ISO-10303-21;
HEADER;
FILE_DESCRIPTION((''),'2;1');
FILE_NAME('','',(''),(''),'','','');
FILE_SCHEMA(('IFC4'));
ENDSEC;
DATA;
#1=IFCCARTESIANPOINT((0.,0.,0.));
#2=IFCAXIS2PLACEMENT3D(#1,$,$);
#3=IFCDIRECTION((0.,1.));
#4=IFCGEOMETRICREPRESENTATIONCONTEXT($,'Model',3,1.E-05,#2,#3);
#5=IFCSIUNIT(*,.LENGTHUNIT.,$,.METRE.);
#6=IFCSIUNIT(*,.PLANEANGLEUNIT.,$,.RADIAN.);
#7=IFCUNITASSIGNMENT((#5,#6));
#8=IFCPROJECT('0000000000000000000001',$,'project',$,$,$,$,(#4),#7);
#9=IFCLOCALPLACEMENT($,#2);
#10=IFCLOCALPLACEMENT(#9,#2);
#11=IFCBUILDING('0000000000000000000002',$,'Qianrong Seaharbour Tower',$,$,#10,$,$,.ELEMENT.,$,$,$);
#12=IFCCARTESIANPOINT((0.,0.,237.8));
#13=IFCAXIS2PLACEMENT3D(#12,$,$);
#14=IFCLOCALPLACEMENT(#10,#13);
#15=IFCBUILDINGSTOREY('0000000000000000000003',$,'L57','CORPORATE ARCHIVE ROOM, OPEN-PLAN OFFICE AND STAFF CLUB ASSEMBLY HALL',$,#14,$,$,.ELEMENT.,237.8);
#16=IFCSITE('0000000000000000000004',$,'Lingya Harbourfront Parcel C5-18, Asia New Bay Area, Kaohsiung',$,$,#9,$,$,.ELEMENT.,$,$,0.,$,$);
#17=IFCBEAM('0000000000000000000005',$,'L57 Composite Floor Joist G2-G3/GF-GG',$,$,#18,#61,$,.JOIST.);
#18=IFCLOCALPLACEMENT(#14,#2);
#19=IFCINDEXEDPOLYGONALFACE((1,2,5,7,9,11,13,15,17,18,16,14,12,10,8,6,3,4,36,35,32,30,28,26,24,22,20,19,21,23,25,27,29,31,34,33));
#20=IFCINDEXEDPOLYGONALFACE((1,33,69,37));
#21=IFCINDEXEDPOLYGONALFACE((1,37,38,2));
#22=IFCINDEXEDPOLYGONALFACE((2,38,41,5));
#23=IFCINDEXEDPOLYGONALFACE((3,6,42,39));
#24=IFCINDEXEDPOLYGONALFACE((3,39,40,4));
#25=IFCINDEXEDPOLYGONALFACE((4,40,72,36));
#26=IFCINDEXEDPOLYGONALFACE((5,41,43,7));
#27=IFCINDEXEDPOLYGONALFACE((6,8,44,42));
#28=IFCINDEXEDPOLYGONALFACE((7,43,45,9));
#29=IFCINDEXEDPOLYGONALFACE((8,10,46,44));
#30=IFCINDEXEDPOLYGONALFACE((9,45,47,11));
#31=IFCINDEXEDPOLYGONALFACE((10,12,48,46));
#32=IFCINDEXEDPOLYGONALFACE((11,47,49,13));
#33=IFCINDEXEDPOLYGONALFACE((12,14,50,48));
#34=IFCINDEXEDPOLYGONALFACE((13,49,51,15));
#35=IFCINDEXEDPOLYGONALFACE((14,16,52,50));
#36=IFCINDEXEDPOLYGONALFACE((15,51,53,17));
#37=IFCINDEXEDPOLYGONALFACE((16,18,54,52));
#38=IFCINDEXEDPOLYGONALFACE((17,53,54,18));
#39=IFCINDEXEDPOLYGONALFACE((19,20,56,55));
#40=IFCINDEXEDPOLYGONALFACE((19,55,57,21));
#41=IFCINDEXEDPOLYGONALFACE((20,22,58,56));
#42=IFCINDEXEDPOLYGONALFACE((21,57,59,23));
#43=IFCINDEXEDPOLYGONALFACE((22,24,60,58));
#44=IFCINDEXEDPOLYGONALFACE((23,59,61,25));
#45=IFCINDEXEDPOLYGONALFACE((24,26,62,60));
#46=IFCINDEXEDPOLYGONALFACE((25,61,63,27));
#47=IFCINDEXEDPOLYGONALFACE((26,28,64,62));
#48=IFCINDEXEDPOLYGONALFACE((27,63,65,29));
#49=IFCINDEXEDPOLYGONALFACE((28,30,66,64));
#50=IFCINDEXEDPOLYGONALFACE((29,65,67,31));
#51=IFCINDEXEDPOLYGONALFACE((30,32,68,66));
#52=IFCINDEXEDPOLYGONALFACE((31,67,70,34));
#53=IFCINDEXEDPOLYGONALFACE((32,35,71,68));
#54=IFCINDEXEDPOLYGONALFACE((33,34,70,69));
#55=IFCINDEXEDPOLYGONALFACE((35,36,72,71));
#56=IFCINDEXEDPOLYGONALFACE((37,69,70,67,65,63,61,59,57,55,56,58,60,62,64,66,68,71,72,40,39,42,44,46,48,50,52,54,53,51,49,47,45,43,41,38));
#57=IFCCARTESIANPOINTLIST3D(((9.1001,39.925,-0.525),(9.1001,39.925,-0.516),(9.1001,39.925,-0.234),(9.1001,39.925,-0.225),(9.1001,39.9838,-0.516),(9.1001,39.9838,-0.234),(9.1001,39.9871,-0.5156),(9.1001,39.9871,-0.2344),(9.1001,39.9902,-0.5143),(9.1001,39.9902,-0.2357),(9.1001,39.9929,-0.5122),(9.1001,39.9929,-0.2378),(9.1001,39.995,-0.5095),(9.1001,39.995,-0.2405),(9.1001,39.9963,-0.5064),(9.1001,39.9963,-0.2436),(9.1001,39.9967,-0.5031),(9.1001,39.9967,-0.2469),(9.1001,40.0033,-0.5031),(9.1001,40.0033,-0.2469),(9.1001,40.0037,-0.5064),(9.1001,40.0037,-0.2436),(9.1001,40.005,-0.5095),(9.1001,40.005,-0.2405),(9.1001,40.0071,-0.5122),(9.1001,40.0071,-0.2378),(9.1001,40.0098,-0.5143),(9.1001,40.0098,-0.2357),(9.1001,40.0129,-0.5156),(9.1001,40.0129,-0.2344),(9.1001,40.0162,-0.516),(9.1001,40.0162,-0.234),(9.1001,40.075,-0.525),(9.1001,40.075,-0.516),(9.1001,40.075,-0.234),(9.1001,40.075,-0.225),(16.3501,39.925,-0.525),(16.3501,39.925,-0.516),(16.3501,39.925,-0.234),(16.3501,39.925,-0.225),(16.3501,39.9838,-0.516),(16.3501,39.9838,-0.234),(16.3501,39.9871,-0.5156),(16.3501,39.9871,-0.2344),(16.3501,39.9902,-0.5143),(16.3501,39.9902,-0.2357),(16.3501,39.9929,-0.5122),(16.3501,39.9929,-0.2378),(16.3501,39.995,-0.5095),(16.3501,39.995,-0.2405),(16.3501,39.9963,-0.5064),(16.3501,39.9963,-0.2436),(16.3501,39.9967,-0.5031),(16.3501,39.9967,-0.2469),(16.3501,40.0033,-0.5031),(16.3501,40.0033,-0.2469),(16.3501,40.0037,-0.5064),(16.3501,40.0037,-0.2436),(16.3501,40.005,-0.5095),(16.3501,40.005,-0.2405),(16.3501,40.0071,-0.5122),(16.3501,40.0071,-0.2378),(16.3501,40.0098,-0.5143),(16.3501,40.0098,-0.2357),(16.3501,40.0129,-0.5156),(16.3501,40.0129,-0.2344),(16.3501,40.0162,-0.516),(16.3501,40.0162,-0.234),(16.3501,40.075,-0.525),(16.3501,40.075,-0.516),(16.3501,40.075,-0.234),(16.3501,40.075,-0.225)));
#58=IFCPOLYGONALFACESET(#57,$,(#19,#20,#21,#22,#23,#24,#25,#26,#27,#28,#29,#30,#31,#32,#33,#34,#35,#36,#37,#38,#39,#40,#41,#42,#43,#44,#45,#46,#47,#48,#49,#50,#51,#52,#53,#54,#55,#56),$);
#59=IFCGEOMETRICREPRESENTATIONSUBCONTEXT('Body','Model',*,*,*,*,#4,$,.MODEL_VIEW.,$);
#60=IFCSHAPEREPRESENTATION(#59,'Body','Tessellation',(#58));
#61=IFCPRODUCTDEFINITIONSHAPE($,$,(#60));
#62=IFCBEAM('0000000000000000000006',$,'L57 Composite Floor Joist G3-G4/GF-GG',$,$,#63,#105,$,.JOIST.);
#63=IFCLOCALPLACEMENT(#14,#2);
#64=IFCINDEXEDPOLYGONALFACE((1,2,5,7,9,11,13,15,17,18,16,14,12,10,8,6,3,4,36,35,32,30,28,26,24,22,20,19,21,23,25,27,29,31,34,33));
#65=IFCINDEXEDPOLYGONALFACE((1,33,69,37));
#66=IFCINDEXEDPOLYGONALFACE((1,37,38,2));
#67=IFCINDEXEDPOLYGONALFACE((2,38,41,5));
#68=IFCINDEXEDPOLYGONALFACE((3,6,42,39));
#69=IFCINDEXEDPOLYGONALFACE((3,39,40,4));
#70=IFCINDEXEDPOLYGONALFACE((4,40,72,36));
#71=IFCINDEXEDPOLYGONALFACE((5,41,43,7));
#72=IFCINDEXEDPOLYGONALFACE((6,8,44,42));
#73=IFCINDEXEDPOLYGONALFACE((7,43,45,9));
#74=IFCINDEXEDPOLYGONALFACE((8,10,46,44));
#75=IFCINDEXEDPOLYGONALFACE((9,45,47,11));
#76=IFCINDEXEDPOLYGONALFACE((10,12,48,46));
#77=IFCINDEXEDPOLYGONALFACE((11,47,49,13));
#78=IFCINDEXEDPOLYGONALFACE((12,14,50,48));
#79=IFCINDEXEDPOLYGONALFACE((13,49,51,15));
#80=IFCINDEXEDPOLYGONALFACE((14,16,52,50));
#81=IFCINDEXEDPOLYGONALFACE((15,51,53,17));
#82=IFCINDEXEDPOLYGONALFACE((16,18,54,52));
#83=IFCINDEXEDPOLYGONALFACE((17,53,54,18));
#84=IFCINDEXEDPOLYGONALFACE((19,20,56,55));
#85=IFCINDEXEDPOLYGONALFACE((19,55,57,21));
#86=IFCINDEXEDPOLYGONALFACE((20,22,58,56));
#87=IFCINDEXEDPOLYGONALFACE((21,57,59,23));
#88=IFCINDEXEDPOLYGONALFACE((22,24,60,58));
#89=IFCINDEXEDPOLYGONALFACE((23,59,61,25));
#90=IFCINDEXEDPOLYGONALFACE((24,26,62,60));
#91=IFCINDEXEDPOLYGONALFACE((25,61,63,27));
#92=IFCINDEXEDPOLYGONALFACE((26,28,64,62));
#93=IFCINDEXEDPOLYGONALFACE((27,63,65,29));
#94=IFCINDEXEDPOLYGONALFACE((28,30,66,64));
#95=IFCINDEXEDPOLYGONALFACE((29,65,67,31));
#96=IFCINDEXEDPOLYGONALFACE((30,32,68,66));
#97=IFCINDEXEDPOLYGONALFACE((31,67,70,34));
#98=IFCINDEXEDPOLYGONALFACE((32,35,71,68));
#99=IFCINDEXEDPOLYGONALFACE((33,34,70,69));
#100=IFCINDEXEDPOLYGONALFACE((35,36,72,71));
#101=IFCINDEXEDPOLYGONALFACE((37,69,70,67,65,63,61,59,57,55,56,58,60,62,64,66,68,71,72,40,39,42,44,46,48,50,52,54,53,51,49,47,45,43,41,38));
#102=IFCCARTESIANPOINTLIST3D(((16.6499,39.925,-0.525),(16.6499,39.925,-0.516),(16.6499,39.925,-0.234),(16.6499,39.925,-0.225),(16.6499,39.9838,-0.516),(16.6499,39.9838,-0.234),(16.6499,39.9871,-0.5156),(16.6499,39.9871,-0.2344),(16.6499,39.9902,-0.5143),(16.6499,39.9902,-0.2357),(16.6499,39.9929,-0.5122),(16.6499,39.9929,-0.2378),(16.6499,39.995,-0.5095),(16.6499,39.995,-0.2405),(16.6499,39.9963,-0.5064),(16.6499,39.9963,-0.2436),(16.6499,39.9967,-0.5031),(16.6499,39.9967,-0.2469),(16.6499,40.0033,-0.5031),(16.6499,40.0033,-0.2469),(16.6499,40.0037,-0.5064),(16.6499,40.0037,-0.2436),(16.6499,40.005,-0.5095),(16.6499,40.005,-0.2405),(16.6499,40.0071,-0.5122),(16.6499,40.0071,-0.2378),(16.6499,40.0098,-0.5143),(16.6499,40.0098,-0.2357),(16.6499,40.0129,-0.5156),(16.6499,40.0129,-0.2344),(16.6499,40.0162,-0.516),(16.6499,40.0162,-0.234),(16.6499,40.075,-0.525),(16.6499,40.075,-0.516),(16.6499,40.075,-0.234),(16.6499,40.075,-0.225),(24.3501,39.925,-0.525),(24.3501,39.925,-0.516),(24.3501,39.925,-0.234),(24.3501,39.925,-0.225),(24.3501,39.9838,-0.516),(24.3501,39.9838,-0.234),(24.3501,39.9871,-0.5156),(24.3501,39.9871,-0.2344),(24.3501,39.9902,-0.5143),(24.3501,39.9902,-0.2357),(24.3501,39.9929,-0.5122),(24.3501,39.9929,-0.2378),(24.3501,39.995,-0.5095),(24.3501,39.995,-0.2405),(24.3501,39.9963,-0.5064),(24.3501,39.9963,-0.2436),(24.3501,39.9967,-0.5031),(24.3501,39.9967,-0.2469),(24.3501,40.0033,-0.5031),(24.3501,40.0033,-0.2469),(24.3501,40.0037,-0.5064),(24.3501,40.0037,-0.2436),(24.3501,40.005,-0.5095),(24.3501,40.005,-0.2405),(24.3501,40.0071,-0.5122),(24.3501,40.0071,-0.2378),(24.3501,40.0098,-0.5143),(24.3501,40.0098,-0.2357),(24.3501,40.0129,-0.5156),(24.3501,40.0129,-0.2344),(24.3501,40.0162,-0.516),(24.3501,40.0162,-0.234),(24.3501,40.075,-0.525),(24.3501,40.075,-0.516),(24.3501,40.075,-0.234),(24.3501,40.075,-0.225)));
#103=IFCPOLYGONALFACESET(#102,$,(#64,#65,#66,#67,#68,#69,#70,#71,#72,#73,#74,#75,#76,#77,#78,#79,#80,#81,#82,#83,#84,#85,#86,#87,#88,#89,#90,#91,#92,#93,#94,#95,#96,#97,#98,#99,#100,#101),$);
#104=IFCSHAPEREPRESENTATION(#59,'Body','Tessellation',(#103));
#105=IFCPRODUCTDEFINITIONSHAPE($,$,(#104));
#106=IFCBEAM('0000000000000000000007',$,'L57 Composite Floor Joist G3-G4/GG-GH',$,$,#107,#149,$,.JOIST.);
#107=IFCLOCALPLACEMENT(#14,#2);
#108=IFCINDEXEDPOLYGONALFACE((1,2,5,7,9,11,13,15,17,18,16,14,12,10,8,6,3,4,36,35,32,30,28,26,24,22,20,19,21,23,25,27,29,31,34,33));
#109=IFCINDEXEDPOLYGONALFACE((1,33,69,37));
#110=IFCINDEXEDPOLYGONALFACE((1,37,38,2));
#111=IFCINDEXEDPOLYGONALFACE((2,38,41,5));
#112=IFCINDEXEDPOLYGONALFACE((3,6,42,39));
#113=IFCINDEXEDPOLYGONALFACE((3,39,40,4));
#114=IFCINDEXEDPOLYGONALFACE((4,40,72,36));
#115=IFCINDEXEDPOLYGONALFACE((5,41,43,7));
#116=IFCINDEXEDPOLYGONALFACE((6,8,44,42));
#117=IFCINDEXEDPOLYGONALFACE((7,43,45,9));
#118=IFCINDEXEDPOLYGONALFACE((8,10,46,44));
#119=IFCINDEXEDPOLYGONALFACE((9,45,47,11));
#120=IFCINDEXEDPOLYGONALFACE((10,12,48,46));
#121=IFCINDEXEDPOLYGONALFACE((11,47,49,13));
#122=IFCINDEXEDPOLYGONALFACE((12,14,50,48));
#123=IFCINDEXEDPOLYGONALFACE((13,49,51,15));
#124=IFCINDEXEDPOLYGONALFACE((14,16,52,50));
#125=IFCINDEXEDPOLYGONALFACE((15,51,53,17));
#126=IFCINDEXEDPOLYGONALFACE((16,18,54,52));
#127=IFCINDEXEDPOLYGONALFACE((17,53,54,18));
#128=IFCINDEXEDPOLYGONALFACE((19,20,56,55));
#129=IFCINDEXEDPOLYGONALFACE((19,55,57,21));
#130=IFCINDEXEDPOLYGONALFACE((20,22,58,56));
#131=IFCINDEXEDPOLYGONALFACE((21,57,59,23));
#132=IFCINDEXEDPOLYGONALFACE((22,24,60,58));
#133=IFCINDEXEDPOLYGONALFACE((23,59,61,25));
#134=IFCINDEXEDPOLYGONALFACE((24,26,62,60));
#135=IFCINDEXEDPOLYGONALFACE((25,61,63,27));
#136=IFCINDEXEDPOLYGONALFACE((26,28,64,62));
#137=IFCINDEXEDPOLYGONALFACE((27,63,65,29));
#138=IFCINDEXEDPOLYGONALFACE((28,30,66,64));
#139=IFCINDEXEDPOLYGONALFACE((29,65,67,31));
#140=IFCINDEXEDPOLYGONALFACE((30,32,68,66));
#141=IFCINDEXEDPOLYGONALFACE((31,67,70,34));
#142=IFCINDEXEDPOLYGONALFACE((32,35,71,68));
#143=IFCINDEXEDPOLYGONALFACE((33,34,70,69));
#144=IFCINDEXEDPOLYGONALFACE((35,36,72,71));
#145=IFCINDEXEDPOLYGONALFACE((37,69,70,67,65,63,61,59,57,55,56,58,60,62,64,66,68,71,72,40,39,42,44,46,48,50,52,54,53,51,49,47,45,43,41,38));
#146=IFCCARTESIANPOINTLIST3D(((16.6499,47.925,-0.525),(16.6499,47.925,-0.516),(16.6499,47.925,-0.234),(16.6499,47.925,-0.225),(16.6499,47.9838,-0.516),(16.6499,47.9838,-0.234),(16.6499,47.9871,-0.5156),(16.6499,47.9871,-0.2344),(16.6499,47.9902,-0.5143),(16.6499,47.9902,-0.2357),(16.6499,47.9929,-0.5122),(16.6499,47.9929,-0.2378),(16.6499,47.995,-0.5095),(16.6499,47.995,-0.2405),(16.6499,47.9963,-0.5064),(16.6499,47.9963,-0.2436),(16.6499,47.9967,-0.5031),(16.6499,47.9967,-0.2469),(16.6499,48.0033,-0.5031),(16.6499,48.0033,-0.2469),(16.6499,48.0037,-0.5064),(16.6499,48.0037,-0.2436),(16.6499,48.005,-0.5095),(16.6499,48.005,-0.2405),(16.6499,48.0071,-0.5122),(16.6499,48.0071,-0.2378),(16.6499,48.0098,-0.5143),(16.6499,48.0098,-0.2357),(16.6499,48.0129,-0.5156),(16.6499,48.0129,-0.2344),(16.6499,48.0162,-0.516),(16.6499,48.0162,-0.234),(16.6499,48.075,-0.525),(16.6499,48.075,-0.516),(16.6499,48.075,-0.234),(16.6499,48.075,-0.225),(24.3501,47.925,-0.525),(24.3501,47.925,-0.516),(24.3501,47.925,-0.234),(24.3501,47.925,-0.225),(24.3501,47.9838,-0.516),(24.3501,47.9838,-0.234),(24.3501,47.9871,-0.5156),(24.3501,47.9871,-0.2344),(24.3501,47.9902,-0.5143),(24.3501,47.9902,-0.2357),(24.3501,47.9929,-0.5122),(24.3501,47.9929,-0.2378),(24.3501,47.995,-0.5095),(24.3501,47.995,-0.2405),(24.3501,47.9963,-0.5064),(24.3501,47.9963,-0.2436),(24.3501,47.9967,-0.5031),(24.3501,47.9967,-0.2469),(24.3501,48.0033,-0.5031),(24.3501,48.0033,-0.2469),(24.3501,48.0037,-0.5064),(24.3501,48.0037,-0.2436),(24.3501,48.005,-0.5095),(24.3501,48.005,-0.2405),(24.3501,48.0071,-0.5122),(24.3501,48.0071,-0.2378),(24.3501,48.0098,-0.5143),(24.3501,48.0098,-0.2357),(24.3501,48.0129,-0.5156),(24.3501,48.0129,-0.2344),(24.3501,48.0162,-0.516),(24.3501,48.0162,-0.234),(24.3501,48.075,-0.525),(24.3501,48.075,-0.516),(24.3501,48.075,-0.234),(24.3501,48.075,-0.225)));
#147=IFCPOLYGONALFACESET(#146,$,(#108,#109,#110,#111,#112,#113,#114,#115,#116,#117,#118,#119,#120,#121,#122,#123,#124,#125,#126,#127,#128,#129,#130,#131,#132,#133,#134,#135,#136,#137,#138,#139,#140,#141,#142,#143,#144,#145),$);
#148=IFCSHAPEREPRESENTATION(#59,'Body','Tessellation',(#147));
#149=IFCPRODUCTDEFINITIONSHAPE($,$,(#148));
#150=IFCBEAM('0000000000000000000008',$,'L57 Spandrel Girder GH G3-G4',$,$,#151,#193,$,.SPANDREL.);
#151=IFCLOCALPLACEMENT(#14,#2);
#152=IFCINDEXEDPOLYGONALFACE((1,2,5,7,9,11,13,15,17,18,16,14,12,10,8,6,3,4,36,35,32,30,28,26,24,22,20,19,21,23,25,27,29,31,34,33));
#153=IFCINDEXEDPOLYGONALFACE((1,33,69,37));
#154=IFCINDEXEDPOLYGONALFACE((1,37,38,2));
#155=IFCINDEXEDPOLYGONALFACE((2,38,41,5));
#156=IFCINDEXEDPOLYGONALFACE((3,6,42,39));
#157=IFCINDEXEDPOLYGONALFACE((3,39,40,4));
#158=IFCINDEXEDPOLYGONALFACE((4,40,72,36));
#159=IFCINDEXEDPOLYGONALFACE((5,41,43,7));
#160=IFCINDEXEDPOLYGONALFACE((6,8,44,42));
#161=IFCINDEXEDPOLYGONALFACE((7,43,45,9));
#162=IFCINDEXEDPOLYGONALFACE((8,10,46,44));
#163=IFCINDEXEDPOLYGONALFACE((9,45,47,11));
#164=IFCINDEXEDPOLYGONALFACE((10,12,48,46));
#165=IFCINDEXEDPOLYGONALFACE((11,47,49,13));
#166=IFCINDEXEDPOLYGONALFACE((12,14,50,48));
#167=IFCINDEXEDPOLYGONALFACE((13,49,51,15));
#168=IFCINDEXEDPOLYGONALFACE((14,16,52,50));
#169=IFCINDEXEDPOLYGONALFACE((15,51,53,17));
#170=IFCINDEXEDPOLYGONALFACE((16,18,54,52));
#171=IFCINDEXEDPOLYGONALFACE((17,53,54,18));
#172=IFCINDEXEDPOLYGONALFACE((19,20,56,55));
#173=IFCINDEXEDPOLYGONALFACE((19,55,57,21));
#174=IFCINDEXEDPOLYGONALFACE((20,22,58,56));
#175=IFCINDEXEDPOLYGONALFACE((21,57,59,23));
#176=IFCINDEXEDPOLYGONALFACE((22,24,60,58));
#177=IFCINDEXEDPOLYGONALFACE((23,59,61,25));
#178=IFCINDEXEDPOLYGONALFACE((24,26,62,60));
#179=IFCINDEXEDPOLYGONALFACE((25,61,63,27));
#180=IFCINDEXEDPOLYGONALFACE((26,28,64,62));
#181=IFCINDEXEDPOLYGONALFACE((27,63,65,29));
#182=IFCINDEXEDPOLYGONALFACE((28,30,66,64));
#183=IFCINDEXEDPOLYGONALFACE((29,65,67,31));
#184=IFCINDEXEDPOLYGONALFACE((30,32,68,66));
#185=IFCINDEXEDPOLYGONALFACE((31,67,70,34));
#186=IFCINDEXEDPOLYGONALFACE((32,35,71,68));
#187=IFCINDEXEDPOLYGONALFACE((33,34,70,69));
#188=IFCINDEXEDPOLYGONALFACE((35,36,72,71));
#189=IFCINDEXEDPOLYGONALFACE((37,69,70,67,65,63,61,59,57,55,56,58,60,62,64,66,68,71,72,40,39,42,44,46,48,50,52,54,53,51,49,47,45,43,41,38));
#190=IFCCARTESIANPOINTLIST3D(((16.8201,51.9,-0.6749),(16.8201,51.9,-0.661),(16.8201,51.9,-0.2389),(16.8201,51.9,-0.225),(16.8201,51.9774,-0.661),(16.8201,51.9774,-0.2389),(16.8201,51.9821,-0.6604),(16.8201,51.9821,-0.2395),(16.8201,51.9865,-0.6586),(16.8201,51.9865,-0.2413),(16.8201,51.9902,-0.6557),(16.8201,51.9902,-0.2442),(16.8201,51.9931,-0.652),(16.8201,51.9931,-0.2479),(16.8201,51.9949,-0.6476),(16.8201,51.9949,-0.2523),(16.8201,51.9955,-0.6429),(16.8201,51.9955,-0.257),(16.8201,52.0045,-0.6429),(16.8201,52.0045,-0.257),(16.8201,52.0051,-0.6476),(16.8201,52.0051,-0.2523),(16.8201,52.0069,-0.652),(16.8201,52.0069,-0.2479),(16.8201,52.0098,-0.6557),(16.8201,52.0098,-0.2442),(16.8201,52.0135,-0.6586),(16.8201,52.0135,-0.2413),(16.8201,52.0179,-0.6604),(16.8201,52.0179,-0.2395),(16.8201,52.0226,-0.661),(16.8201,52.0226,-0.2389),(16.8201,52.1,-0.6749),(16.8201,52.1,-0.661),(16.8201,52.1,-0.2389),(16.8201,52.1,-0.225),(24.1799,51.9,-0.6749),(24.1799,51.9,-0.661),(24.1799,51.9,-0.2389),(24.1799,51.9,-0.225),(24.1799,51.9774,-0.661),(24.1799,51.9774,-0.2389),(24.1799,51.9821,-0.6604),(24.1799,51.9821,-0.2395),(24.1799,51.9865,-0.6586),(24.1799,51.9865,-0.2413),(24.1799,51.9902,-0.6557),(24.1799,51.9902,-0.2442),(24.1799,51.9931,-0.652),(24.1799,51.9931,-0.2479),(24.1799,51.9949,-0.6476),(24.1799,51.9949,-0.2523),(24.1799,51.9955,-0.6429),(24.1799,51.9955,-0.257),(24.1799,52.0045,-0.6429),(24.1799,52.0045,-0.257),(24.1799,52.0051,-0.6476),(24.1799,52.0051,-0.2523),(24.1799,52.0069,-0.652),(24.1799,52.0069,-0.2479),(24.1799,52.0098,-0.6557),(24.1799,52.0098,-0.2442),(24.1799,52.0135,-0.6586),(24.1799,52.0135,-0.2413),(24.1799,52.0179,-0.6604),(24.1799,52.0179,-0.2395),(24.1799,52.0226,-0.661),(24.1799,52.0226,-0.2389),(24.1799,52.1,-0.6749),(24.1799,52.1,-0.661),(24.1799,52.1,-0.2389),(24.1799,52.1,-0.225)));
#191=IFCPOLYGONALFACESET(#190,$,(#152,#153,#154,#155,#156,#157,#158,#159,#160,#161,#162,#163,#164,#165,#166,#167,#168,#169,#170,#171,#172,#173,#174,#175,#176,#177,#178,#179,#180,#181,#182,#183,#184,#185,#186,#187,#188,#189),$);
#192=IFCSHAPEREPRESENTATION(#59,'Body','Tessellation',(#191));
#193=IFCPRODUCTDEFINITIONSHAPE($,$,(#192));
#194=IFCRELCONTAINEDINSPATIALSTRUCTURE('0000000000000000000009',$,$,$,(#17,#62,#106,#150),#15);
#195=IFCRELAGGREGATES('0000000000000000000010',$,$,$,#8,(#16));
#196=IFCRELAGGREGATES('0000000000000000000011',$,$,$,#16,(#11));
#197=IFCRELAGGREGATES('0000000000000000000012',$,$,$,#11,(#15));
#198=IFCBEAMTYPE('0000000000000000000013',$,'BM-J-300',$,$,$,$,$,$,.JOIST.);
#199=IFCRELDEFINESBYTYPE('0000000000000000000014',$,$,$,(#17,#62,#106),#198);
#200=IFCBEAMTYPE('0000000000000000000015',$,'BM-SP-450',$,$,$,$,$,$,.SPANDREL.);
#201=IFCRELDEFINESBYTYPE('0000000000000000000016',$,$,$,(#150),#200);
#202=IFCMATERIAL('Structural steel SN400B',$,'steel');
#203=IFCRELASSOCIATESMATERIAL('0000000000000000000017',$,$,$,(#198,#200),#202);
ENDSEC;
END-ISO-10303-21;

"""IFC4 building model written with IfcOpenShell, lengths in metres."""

from ifc_helpers import new_model, si_unit, direction, frame, origin, origin_2d, place, context, subcontext, project, spatial, i_section, extrude, material, material_profile, profile_set, type_object, element, save


model = new_model("IFC4")

# Units and contexts
model_context = context("Model", 3, precision=1e-05, world=origin(), true_north=direction((0.0, 1.0)))
body_context = subcontext(model_context, "Body", "Model", "MODEL_VIEW")
ifc_project = project(units=[si_unit("LENGTHUNIT", "METRE"), si_unit("PLANEANGLEUNIT", "RADIAN")], contexts=[model_context])

# Site, building, storey
site_placement = place(None, origin())
site = spatial("IfcSite", under=ifc_project, at=site_placement, Name="Lingya Harbourfront Parcel C5-18, Asia New Bay Area, Kaohsiung", CompositionType="ELEMENT", RefElevation=0.0)
building_placement = place(site_placement, origin())
building = spatial("IfcBuilding", under=site, at=building_placement, Name="Qianrong Seaharbour Tower", CompositionType="ELEMENT")
storey_placement = place(building_placement, frame((0.0, 0.0, 237.8)))
storey = spatial("IfcBuildingStorey", under=building, at=storey_placement, Name="L57", Description="CORPORATE ARCHIVE ROOM, OPEN-PLAN OFFICE AND STAFF CLUB ASSEMBLY HALL", CompositionType="ELEMENT", Elevation=237.8)

# Beams
ifc_material_1 = material(Name="Structural steel SN400B", Category="steel")
ifc_material_profile_1 = material_profile(ifc_material_1, i_section(OverallWidth=0.1499, OverallDepth=0.3, WebThickness=0.0066, FlangeThickness=0.009, FilletRadius=0.0129, at=origin_2d()), Name="H300x150x6.5x9")
ifc_profile_set_1 = profile_set([ifc_material_profile_1], Name="Structural steel SN400B")
beam_type_1 = type_object("IfcBeamType", Name="BM-J-300", PredefinedType="JOIST", material=ifc_profile_set_1)
beam_1_placement = place(storey_placement, frame((9.1001, 40.0, -0.375), z_axis=(1.0, 0.0, 0.0), x_axis=(0.0, 1.0, 0.0)))
element("IfcBeam", 1, at=beam_1_placement, inside=storey, type_object=beam_type_1, Name="L57 Composite Floor Joist G2-G3/GF-GG", PredefinedType="JOIST", context=body_context, shape_type="SweptSolid", body=[
    extrude(i_section(OverallWidth=0.1499, OverallDepth=0.3, WebThickness=0.0066, FlangeThickness=0.009, FilletRadius=0.0129, at=origin_2d()), origin(), (0.0, 0.0, 1.0), 7.25),
])
for number, where, z_axis, x_axis, name in (
    (2, (16.6499, 40.0, -0.375), (1.0, 0.0, 0.0), (0.0, 1.0, 0.0), "L57 Composite Floor Joist G3-G4/GF-GG"),
    (3, (16.6499, 48.0, -0.375), (1.0, 0.0, 0.0), (0.0, 1.0, 0.0), "L57 Composite Floor Joist G3-G4/GG-GH"),
):
    element("IfcBeam", number, at=place(storey_placement, frame(where, z_axis=z_axis, x_axis=x_axis)), inside=storey, type_object=beam_type_1, Name=name, PredefinedType="JOIST", context=body_context, shape_type="SweptSolid", body=[
        extrude(i_section(OverallWidth=0.1499, OverallDepth=0.3, WebThickness=0.0066, FlangeThickness=0.009, FilletRadius=0.0129, at=origin_2d()), origin(), (0.0, 0.0, 1.0), 7.7002),
    ])
ifc_material_profile_2 = material_profile(ifc_material_1, i_section(OverallWidth=0.2, OverallDepth=0.45, WebThickness=0.009, FlangeThickness=0.0139, FilletRadius=0.0181, at=origin_2d()), Name="H450x200x9x14")
ifc_profile_set_2 = profile_set([ifc_material_profile_2], Name="Structural steel SN400B")
beam_type_2 = type_object("IfcBeamType", Name="BM-SP-450", PredefinedType="SPANDREL", material=ifc_profile_set_2)
for number, where, z_axis, x_axis, name in (
    (4, (16.8201, 52.0, -0.45), (1.0, 0.0, 0.0), (0.0, 1.0, 0.0), "L57 Spandrel Girder GH G3-G4"),
):
    element("IfcBeam", number, at=place(storey_placement, frame(where, z_axis=z_axis, x_axis=x_axis)), inside=storey, type_object=beam_type_2, Name=name, PredefinedType="SPANDREL", context=body_context, shape_type="SweptSolid", body=[
        extrude(i_section(OverallWidth=0.2, OverallDepth=0.45, WebThickness=0.009, FlangeThickness=0.0139, FilletRadius=0.0181, at=origin_2d()), origin(), (0.0, 0.0, 1.0), 7.3599),
    ])

save(model, "model.ifc")
